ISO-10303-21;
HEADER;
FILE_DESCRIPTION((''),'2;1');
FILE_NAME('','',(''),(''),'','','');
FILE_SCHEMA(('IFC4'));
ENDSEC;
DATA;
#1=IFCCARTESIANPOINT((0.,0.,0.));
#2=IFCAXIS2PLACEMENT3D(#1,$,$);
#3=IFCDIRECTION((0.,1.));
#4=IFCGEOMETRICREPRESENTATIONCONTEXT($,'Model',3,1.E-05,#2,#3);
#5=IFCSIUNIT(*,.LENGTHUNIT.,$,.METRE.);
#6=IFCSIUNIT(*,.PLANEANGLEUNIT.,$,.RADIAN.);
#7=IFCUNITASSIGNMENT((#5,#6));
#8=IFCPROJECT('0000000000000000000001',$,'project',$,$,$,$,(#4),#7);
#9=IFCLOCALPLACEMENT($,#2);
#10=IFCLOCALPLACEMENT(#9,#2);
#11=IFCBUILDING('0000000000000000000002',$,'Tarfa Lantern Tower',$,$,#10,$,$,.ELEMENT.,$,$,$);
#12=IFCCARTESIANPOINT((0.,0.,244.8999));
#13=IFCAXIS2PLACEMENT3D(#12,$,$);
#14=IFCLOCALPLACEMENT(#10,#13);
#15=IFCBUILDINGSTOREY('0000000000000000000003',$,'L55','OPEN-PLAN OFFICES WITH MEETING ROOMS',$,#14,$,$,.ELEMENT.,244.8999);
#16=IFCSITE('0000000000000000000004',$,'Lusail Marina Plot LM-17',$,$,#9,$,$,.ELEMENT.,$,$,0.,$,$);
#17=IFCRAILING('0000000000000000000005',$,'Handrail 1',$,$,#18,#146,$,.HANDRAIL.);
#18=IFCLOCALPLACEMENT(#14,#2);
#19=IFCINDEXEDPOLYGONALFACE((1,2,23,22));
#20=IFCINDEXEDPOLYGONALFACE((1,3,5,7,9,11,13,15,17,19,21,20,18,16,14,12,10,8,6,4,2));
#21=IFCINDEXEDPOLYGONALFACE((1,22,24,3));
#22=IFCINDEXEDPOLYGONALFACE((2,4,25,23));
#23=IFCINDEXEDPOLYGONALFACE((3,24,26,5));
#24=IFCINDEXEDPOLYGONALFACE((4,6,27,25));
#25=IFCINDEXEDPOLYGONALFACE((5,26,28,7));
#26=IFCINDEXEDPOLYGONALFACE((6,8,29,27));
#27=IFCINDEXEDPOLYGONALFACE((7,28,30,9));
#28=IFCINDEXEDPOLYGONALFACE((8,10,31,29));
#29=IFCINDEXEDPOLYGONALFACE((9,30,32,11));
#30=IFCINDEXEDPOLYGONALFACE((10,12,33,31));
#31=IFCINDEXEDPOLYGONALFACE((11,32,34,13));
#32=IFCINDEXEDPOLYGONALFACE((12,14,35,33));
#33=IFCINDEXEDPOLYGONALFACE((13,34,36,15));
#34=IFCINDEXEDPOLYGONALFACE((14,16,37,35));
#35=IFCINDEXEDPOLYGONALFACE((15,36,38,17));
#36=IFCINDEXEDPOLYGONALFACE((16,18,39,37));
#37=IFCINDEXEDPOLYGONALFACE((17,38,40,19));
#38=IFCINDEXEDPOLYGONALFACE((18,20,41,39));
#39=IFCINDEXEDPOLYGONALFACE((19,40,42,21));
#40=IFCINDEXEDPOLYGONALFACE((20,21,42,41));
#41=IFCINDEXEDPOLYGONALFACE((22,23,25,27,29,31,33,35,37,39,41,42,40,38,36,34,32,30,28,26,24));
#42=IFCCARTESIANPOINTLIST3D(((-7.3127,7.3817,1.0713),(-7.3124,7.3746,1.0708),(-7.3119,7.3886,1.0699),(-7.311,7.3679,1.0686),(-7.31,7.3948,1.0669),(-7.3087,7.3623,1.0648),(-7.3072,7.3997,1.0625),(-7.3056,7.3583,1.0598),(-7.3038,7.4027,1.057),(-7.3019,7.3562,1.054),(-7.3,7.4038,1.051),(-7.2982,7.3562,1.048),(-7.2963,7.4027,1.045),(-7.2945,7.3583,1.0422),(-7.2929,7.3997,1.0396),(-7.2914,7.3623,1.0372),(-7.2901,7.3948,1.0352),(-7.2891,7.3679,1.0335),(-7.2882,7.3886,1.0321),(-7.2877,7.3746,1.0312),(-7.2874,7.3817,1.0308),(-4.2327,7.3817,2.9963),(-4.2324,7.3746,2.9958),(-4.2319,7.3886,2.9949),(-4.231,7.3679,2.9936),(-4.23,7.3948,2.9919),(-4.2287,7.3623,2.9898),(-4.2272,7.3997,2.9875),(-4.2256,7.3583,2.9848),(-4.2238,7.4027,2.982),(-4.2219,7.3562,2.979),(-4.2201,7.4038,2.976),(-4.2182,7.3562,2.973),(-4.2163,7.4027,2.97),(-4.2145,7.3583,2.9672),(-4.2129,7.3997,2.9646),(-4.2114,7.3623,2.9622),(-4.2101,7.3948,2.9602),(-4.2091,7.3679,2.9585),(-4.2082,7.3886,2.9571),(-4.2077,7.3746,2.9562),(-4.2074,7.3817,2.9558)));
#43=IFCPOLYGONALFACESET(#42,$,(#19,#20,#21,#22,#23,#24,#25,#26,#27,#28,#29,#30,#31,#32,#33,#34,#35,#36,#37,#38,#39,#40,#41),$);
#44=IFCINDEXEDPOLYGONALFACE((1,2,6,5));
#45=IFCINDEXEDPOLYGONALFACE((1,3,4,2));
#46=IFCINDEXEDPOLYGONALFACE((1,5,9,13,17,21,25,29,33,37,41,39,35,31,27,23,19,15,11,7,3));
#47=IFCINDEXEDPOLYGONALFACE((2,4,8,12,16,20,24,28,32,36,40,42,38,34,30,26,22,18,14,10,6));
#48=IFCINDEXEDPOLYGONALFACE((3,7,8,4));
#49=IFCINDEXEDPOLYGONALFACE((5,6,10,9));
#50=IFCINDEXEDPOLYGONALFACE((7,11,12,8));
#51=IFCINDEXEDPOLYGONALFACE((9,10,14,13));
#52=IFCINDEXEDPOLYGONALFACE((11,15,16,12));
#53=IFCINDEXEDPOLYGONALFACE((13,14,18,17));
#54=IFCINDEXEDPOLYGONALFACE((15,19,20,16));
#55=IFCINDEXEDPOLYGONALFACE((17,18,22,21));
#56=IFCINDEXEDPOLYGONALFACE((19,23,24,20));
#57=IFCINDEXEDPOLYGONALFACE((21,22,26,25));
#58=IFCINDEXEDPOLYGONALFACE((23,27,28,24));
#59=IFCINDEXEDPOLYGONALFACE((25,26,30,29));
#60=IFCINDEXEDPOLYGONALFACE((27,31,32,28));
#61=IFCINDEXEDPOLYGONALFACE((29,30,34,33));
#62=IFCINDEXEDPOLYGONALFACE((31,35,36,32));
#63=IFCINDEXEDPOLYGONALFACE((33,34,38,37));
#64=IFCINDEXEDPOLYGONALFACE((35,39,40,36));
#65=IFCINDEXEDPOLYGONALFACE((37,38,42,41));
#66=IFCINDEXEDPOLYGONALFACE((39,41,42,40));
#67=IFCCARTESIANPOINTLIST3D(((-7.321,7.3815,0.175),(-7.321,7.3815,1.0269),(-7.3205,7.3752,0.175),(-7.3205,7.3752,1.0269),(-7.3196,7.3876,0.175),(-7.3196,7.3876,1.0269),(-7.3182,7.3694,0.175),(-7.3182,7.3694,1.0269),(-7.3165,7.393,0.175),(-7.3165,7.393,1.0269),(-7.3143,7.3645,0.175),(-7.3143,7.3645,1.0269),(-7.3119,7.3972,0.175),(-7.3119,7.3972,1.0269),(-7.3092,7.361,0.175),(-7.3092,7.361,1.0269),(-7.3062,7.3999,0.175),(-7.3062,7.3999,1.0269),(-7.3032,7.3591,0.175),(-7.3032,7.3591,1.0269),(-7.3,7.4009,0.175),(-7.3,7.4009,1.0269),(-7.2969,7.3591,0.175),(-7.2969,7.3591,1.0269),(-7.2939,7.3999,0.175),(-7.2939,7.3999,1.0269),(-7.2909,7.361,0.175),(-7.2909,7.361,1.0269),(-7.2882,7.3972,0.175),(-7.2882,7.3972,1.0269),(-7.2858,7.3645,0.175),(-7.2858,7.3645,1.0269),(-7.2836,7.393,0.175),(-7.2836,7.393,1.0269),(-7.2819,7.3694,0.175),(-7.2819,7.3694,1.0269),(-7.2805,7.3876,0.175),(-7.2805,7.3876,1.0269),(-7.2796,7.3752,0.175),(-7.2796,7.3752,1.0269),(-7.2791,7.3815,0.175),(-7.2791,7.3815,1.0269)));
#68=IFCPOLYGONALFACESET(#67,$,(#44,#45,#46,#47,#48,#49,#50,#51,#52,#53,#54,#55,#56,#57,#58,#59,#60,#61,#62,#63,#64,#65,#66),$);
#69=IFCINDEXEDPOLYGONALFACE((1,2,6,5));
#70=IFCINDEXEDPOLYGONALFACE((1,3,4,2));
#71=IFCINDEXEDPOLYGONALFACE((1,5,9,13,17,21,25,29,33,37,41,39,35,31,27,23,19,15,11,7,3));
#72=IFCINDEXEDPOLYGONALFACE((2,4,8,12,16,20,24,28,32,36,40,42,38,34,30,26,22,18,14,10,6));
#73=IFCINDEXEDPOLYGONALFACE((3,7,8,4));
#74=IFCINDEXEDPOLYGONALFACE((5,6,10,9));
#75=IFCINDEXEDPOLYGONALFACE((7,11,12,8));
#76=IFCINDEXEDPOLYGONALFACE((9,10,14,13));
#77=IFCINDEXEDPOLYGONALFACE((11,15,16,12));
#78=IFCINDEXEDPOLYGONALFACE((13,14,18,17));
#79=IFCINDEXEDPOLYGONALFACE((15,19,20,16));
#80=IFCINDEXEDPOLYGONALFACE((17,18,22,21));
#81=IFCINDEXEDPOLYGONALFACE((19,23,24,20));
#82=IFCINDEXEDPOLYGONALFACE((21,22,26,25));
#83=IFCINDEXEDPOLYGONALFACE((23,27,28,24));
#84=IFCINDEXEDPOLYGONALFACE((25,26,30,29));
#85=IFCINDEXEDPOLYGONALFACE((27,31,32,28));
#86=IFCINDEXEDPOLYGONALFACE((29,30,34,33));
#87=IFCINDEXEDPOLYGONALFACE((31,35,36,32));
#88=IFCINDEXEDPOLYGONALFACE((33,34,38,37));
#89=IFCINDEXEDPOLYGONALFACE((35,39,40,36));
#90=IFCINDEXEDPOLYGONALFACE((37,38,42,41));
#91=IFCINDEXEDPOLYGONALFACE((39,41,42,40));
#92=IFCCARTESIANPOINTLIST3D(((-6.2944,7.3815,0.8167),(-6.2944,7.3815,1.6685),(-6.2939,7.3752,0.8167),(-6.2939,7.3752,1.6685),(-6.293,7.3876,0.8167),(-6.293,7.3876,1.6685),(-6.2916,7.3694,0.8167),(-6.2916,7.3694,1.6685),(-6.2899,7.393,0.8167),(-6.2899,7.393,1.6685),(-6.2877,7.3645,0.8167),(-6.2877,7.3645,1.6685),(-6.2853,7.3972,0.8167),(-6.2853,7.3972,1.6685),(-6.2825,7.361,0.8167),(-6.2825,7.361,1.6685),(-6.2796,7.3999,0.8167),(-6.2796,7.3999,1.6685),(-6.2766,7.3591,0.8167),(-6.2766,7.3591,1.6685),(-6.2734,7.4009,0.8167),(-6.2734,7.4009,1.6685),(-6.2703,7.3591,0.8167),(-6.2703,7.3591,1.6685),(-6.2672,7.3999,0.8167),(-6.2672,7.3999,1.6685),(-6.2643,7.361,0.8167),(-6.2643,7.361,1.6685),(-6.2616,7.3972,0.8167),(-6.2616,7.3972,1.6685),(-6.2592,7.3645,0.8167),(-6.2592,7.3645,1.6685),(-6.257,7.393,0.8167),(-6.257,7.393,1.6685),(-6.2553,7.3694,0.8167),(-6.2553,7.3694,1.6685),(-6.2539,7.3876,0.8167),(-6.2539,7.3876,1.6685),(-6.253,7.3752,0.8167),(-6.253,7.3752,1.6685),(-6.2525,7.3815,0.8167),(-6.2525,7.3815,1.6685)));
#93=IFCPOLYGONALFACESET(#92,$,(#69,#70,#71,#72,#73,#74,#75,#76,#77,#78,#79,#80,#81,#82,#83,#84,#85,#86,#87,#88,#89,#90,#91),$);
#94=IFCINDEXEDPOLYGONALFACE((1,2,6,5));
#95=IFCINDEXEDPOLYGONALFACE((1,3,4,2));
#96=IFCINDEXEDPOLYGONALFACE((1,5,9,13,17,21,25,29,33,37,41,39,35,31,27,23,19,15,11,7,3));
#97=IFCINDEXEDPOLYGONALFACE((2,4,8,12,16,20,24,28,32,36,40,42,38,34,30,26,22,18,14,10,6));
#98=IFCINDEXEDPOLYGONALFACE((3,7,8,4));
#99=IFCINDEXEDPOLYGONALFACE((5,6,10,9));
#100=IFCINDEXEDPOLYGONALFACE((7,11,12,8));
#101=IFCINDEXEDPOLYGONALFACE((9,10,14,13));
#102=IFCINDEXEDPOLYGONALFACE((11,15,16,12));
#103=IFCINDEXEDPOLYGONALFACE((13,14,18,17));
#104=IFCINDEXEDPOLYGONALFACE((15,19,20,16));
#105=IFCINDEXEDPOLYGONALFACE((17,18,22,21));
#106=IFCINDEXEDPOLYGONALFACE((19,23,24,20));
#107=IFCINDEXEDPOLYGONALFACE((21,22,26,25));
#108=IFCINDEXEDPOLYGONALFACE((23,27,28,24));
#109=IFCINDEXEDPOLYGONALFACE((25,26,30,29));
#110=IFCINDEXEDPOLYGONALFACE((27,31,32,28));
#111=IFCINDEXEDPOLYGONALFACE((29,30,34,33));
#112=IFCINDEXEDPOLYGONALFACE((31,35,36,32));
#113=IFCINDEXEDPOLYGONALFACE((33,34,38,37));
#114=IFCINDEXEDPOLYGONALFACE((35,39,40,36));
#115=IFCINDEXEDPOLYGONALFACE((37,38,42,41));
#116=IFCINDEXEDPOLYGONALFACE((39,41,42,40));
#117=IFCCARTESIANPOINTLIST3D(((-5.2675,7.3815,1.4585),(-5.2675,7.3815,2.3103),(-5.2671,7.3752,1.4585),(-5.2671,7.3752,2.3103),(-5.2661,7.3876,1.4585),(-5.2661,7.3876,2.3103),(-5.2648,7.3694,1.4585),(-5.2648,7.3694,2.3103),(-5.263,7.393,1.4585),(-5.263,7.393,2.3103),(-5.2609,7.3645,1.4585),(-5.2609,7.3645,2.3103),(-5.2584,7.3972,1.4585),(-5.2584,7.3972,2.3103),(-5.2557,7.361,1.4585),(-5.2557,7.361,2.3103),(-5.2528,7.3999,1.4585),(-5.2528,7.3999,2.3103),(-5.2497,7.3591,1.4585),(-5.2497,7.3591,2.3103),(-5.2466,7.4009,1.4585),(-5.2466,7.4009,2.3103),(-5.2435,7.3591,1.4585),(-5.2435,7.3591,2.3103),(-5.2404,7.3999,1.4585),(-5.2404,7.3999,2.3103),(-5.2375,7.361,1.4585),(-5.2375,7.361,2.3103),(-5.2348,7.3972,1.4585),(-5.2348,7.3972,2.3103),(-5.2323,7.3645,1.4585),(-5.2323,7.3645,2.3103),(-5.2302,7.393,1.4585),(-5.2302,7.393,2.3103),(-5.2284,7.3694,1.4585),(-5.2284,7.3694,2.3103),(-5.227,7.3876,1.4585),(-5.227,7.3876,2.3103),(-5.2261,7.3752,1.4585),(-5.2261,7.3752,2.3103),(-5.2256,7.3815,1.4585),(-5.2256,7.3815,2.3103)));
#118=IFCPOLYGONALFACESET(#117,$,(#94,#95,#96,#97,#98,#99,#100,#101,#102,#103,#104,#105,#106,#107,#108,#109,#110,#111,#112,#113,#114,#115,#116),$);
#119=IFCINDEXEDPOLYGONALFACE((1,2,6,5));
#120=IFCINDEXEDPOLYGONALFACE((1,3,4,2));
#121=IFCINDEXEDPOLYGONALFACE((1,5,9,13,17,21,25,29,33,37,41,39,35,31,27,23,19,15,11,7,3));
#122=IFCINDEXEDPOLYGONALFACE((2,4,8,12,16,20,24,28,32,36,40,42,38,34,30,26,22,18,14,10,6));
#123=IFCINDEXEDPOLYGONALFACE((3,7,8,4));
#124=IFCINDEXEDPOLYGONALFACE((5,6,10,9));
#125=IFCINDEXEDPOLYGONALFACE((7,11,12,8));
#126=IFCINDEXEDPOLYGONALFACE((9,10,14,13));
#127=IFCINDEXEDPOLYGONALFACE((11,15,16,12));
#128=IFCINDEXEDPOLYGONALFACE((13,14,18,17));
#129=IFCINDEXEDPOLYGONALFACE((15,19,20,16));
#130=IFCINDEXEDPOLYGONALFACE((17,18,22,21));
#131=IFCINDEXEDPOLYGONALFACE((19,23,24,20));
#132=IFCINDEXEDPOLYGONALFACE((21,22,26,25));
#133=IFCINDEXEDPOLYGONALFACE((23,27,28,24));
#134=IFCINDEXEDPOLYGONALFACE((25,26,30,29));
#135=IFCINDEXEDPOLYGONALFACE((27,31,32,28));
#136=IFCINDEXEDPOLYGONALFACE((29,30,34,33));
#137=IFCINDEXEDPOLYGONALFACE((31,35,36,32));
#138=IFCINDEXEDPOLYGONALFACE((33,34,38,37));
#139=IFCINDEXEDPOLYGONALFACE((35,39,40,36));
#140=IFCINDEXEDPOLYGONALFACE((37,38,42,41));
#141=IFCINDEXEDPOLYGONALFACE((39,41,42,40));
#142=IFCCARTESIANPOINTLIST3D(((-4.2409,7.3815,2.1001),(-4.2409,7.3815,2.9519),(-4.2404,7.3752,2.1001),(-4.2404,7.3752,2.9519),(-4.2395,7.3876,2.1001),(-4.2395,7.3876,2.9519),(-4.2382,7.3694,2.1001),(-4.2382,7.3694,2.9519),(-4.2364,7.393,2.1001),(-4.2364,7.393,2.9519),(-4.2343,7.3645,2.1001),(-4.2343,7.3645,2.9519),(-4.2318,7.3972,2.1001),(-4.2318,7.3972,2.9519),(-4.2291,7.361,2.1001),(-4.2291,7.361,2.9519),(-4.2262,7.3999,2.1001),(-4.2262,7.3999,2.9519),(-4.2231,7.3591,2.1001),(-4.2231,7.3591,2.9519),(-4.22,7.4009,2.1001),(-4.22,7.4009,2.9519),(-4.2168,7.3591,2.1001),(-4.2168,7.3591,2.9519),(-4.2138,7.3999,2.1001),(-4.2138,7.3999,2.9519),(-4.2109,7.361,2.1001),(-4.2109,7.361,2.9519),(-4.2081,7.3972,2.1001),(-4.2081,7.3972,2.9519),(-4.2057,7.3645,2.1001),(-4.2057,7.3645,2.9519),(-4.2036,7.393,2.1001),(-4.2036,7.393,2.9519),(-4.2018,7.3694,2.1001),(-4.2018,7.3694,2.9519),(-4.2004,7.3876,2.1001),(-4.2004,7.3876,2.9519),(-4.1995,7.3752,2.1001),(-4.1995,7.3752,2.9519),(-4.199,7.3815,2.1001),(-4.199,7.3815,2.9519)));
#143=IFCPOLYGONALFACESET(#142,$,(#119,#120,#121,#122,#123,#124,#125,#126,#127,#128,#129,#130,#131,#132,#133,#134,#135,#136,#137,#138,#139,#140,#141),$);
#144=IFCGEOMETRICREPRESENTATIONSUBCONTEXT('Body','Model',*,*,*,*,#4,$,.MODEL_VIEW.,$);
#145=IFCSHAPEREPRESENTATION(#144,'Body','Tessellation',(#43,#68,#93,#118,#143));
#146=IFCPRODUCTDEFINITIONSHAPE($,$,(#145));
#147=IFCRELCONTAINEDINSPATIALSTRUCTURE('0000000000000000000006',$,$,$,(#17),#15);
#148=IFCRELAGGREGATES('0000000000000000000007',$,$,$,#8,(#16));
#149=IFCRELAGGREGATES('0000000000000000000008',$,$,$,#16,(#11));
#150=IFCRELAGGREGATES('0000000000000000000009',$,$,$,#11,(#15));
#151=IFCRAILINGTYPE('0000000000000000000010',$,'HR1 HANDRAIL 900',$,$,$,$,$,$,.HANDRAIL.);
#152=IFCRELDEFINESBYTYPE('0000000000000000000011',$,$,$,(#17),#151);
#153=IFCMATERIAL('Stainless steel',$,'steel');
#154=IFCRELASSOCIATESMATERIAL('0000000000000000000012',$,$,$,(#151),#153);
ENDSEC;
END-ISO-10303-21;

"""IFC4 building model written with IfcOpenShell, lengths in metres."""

from ifc_helpers import new_model, si_unit, direction, frame, origin, origin_2d, place, context, subcontext, project, spatial, circle, extrude, material, type_object, element, save


model = new_model("IFC4")

# Units and contexts
model_context = context("Model", 3, precision=1e-05, world=origin(), true_north=direction((0.0, 1.0)))
body_context = subcontext(model_context, "Body", "Model", "MODEL_VIEW")
ifc_project = project(units=[si_unit("LENGTHUNIT", "METRE"), si_unit("PLANEANGLEUNIT", "RADIAN")], contexts=[model_context])

# Site, building, storey
site_placement = place(None, origin())
site = spatial("IfcSite", under=ifc_project, at=site_placement, Name="Lusail Marina Plot LM-17", CompositionType="ELEMENT", RefElevation=0.0)
building_placement = place(site_placement, origin())
building = spatial("IfcBuilding", under=site, at=building_placement, Name="Tarfa Lantern Tower", CompositionType="ELEMENT")
storey_placement = place(building_placement, frame((0.0, 0.0, 244.8999)))
storey = spatial("IfcBuildingStorey", under=building, at=storey_placement, Name="L55", Description="OPEN-PLAN OFFICES WITH MEETING ROOMS", CompositionType="ELEMENT", Elevation=244.8999)

# Railing
ifc_material_1 = material(Name="Stainless steel", Category="steel")
railing_type = type_object("IfcRailingType", Name="HR1 HANDRAIL 900", PredefinedType="HANDRAIL", material=ifc_material_1)
railing_1_placement = place(storey_placement, frame((-7.3, 7.3799, 0.175)))
element("IfcRailing", 1, at=railing_1_placement, inside=storey, type_object=railing_type, Name="Handrail 1", PredefinedType="HANDRAIL", context=body_context, shape_type="SweptSolid", body=[
    extrude(circle(Radius=0.0239, at=origin_2d()), frame((0.0, 0.0, 0.876), z_axis=(0.847998, 0.0, 0.529999), x_axis=(0.0, 1.0, 0.0)), (0.0, 0.0, 1.0), 3.6321),
    extrude(circle(Radius=0.021, at=origin_2d()), frame((0.0, 0.0, 0.0), z_axis=(0.0, 0.0, 1.0), x_axis=(0.0, 1.0, 0.0)), (0.0, 0.0, 1.0), 0.8518),
    extrude(circle(Radius=0.021, at=origin_2d()), frame((1.0266, 0.0, 0.6416), z_axis=(0.0, 0.0, 1.0), x_axis=(0.0, 1.0, 0.0)), (0.0, 0.0, 1.0), 0.8518),
    extrude(circle(Radius=0.021, at=origin_2d()), frame((2.0535, 0.0, 1.2834), z_axis=(0.0, 0.0, 1.0), x_axis=(0.0, 1.0, 0.0)), (0.0, 0.0, 1.0), 0.8518),
    extrude(circle(Radius=0.021, at=origin_2d()), frame((3.0801, 0.0, 1.925), z_axis=(0.0, 0.0, 1.0), x_axis=(0.0, 1.0, 0.0)), (0.0, 0.0, 1.0), 0.8518),
])

save(model, "model.ifc")
